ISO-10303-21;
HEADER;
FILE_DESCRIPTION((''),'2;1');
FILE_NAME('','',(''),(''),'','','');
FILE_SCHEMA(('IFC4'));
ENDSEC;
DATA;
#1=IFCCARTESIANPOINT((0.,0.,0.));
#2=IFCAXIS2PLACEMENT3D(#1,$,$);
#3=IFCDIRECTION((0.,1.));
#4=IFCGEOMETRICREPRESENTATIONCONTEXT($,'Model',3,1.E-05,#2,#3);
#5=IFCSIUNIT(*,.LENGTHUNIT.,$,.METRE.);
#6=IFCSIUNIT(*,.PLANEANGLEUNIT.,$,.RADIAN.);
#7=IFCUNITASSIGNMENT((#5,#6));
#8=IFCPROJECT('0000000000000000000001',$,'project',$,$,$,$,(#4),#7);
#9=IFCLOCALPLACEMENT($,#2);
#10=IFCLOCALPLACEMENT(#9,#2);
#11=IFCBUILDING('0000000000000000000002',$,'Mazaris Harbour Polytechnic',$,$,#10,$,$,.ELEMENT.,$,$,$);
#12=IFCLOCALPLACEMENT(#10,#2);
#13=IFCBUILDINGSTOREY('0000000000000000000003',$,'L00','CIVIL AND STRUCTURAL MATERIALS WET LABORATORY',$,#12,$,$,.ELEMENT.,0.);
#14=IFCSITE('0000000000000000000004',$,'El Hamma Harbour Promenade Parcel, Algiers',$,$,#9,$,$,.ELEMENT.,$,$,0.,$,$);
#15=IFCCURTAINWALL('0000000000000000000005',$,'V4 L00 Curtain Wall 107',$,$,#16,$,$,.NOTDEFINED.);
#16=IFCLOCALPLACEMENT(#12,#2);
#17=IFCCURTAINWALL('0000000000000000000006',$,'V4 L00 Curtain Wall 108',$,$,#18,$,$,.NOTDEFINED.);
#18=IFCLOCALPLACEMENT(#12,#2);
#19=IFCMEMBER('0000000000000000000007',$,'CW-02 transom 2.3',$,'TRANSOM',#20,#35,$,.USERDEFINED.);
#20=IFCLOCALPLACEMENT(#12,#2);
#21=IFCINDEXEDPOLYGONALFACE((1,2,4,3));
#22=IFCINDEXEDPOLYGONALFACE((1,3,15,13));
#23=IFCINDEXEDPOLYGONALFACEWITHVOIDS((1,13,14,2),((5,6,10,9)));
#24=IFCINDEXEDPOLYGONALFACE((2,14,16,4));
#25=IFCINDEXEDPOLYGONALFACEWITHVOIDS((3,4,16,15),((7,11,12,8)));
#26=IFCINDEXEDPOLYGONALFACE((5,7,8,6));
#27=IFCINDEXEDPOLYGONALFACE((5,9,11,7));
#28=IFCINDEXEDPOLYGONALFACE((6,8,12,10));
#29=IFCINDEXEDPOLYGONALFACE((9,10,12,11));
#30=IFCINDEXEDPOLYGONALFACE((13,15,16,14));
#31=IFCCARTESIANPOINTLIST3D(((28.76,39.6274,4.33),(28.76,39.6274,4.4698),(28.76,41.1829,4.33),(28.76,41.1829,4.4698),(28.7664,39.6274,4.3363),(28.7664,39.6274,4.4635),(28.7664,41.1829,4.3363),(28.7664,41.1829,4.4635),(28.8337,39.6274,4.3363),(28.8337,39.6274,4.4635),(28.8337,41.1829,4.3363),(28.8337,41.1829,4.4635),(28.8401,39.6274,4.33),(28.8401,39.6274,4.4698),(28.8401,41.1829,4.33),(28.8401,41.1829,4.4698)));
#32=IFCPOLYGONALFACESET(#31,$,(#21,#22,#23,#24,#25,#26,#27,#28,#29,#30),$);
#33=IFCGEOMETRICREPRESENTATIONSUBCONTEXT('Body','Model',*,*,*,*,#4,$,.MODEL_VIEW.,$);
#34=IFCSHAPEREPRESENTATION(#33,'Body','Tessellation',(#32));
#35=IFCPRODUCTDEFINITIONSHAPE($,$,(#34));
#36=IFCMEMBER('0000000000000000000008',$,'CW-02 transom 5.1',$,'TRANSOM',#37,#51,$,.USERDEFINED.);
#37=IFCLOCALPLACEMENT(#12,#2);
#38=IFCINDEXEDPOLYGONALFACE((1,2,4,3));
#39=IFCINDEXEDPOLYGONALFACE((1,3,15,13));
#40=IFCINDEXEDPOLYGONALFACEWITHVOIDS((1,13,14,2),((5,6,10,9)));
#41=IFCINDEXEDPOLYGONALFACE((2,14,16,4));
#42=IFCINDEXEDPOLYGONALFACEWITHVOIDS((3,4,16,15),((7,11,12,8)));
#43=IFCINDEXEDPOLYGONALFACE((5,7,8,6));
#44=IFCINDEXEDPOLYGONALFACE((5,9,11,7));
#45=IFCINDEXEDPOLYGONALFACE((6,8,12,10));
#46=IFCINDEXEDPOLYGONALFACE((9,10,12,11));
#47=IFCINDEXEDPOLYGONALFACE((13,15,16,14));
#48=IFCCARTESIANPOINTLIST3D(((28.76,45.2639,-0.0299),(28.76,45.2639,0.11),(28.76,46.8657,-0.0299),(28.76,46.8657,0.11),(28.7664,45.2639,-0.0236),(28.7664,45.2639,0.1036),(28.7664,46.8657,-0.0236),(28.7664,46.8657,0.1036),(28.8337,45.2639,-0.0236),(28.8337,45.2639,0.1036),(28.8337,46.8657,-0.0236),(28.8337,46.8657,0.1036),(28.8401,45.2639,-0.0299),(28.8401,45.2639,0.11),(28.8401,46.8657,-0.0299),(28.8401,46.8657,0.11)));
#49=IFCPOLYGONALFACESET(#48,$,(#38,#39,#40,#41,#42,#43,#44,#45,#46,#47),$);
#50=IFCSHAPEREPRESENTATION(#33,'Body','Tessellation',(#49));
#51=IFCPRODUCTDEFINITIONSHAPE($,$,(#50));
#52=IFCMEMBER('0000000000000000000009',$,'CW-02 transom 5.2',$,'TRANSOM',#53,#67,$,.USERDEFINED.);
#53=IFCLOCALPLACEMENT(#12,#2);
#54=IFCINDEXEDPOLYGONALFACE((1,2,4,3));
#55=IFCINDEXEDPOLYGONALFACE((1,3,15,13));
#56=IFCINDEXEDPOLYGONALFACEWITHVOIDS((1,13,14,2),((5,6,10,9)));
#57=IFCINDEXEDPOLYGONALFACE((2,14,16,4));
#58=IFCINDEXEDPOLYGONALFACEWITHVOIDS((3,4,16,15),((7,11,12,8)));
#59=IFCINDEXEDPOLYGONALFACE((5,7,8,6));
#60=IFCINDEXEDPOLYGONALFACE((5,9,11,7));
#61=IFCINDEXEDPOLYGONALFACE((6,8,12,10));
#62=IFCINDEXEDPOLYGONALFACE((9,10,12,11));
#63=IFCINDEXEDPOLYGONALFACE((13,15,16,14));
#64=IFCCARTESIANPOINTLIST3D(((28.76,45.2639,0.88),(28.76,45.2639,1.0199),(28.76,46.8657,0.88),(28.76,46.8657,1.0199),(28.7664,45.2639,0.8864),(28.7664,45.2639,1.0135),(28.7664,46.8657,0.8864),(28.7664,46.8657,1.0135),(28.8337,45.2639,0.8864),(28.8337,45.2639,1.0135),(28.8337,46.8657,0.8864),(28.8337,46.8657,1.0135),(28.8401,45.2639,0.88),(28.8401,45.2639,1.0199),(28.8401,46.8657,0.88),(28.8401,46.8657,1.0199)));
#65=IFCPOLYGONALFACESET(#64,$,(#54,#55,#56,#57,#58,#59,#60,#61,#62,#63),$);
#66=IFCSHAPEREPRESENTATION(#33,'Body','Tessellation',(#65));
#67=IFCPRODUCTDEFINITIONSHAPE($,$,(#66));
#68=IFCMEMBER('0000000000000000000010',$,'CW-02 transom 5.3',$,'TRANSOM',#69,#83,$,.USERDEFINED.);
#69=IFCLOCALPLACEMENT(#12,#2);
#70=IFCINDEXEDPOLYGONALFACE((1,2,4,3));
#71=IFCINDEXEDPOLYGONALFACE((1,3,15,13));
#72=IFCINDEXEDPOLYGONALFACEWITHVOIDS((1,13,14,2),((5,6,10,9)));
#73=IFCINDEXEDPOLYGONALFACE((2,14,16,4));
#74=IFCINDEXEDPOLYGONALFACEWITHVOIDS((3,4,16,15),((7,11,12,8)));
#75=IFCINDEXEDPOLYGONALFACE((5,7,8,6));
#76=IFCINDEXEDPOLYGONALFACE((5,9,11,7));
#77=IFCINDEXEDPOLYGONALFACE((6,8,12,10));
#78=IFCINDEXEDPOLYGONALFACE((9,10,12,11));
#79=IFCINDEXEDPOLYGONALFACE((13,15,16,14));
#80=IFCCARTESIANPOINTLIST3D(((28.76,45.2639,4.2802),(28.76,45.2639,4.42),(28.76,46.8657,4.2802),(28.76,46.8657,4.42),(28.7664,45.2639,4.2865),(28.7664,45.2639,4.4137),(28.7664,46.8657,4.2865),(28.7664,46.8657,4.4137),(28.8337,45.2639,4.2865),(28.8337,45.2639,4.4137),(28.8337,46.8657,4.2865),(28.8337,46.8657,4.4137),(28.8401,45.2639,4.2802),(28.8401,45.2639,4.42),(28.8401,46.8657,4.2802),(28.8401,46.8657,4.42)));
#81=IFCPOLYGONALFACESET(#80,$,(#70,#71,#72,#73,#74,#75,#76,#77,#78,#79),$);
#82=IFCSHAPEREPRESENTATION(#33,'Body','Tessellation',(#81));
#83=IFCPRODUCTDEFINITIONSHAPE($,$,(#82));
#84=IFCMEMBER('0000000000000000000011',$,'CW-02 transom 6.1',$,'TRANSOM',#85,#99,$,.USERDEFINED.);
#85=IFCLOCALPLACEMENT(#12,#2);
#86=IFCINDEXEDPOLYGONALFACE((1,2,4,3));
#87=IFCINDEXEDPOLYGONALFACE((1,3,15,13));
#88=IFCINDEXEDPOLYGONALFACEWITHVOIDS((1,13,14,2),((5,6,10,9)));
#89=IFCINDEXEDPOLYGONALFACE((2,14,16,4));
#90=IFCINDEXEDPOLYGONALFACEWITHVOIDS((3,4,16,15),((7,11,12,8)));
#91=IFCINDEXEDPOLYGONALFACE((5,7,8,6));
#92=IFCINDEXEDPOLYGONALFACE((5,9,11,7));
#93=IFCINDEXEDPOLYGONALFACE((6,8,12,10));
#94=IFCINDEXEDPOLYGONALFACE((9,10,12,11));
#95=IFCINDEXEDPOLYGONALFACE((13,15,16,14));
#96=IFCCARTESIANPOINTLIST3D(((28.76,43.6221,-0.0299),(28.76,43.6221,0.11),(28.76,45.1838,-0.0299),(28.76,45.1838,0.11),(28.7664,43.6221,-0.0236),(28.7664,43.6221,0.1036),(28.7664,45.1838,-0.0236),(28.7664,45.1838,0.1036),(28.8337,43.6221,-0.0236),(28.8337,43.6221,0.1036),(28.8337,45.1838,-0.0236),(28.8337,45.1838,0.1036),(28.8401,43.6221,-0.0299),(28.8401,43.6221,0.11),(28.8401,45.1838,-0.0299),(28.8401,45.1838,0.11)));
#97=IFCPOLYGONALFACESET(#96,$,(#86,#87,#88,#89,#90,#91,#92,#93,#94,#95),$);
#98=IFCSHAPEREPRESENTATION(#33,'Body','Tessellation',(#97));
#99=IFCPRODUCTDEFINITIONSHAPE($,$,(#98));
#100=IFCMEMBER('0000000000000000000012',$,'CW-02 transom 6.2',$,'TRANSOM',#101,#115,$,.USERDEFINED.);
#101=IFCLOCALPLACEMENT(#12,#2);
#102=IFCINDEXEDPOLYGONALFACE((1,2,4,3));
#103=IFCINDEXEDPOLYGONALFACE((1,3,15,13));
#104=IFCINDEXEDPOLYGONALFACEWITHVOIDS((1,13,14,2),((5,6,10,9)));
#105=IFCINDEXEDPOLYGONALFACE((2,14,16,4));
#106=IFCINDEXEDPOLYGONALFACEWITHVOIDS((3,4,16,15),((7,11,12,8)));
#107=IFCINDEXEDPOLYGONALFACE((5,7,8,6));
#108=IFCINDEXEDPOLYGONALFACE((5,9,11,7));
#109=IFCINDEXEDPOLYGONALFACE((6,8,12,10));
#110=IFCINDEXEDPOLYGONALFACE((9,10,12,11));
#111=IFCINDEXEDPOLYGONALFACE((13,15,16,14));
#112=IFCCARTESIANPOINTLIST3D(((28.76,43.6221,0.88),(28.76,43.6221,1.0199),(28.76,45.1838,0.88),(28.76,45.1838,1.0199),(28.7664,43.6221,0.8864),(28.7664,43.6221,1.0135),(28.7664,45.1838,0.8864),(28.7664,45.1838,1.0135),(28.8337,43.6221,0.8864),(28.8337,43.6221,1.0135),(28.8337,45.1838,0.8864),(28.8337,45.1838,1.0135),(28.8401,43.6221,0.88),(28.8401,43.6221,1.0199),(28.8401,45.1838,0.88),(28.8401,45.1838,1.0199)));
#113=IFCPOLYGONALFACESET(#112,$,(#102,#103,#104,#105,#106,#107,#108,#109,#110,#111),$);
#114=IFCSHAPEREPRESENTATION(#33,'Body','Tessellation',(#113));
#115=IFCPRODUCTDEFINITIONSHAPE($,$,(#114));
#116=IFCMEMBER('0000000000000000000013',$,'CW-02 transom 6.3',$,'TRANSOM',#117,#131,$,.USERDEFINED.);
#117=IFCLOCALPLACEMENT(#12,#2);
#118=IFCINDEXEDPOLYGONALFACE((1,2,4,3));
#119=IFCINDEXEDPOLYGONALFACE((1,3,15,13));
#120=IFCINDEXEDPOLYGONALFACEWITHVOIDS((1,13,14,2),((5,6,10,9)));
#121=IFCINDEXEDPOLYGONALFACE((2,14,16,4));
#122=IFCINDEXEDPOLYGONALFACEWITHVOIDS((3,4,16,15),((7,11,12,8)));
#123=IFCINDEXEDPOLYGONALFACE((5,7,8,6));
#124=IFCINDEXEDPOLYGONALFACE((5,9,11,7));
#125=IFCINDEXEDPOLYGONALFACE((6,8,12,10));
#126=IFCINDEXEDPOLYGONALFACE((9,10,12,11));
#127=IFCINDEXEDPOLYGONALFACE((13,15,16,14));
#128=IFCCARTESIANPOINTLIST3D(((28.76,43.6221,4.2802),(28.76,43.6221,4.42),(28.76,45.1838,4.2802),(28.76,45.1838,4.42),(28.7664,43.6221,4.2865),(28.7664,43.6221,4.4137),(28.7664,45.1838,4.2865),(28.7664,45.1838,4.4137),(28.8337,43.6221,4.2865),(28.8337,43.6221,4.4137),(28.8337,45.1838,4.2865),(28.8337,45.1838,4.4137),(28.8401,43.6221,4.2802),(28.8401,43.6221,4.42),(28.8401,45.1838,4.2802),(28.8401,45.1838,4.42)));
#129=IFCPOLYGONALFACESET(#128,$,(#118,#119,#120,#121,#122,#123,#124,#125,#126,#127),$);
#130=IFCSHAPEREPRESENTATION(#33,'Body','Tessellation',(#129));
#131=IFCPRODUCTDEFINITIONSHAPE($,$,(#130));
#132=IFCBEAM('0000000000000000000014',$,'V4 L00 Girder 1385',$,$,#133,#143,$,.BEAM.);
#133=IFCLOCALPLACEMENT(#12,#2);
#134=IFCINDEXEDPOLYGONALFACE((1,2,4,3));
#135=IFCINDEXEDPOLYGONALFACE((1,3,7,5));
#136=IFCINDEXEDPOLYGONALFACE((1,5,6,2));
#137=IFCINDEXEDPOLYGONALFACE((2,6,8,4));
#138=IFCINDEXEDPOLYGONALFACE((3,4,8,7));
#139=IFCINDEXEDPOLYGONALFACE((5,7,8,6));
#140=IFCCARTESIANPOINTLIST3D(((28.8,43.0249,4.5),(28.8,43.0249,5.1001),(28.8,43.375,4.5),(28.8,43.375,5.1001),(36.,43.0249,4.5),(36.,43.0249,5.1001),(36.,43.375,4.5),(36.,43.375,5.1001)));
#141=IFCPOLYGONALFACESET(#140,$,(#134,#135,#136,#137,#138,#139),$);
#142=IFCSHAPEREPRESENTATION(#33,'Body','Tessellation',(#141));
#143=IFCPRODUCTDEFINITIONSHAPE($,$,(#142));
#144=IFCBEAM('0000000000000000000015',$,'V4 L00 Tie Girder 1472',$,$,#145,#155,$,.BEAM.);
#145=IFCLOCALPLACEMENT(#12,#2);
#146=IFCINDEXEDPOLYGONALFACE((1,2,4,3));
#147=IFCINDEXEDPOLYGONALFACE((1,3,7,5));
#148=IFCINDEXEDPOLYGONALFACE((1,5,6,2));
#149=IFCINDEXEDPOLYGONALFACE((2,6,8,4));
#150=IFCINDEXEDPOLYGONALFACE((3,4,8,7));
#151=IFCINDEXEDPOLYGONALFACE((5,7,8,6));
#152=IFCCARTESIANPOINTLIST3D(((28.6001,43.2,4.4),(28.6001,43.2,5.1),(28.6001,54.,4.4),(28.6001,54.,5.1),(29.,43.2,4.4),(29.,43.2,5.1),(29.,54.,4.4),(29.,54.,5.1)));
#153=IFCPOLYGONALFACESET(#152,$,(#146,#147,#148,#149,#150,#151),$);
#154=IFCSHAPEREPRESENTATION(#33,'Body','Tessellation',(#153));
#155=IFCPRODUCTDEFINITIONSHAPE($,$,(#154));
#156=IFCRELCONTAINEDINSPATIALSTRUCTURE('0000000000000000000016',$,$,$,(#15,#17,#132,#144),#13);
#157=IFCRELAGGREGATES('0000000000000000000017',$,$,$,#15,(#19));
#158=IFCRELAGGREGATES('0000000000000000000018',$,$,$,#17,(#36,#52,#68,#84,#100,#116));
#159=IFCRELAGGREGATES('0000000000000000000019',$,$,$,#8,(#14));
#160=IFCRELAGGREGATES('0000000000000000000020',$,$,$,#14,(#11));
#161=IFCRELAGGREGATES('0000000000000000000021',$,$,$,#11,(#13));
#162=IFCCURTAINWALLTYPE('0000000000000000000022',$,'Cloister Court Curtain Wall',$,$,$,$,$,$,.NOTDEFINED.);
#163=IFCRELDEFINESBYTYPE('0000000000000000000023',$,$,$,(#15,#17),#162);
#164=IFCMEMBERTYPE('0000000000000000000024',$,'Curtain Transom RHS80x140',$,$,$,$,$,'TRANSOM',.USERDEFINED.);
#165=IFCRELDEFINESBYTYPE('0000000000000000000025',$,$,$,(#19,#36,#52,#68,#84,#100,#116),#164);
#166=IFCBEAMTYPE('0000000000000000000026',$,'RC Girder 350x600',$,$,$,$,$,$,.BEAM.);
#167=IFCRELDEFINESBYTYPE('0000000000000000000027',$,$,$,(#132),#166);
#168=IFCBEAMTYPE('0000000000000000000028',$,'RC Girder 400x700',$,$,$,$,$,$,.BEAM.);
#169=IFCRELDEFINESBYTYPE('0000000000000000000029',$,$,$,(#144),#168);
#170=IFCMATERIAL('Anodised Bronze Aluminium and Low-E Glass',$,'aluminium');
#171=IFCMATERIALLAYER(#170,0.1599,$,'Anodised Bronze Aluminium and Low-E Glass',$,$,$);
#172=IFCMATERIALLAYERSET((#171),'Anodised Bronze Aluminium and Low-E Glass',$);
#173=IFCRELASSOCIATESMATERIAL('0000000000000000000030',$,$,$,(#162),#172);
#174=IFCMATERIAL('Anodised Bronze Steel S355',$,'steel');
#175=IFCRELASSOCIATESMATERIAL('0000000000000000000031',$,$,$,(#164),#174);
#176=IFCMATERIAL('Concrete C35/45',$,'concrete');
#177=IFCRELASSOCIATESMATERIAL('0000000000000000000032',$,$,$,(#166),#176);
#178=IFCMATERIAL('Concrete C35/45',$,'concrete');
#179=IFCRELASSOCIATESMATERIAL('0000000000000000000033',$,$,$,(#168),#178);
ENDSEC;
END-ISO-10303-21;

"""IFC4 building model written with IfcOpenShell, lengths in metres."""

from ifc_helpers import new_model, si_unit, direction, frame, origin, origin_2d, place, context, subcontext, project, spatial, rectangle, hollow_rectangle, extrude, material, layer, layer_set, material_profile, profile_set, type_object, element, aggregate, save


model = new_model("IFC4")

# Units and contexts
model_context = context("Model", 3, precision=1e-05, world=origin(), true_north=direction((0.0, 1.0)))
body_context = subcontext(model_context, "Body", "Model", "MODEL_VIEW")
ifc_project = project(units=[si_unit("LENGTHUNIT", "METRE"), si_unit("PLANEANGLEUNIT", "RADIAN")], contexts=[model_context])

# Site, building, storey
site_placement = place(None, origin())
site = spatial("IfcSite", under=ifc_project, at=site_placement, Name="El Hamma Harbour Promenade Parcel, Algiers", CompositionType="ELEMENT", RefElevation=0.0)
building_placement = place(site_placement, origin())
building = spatial("IfcBuilding", under=site, at=building_placement, Name="Mazaris Harbour Polytechnic", CompositionType="ELEMENT")
storey_placement = place(building_placement, origin())
storey = spatial("IfcBuildingStorey", under=building, at=storey_placement, Name="L00", Description="CIVIL AND STRUCTURAL MATERIALS WET LABORATORY", CompositionType="ELEMENT", Elevation=0.0)

# Curtain walls
ifc_material_1 = material(Name="Anodised Bronze Aluminium and Low-E Glass", Category="aluminium")
ifc_layer_1 = layer(ifc_material_1, 0.1599, Name="Anodised Bronze Aluminium and Low-E Glass")
ifc_layer_set_1 = layer_set([ifc_layer_1], Name="Anodised Bronze Aluminium and Low-E Glass")
curtain_wall_type = type_object("IfcCurtainWallType", Name="Cloister Court Curtain Wall", PredefinedType="NOTDEFINED", material=ifc_layer_set_1)
curtain_wall_1_placement = place(storey_placement, origin())
curtain_wall_1 = element("IfcCurtainWall", 1, at=curtain_wall_1_placement, inside=storey, type_object=curtain_wall_type, Name="V4 L00 Curtain Wall 107", PredefinedType="NOTDEFINED")
curtain_wall_2_placement = place(storey_placement, origin())
curtain_wall_2 = element("IfcCurtainWall", 2, at=curtain_wall_2_placement, inside=storey, type_object=curtain_wall_type, Name="V4 L00 Curtain Wall 108", PredefinedType="NOTDEFINED")

# Members
ifc_material_2 = material(Name="Anodised Bronze Steel S355", Category="steel")
ifc_material_profile_1 = material_profile(ifc_material_2, hollow_rectangle(XDim=0.0801, YDim=0.1399, WallThickness=0.0063, at=origin_2d()), Name="RHS 80x140x6.3")
ifc_profile_set_1 = profile_set([ifc_material_profile_1], Name="Anodised Bronze Steel S355")
member_type_1 = type_object("IfcMemberType", Name="Curtain Transom RHS80x140", ElementType="TRANSOM", PredefinedType="USERDEFINED", material=ifc_profile_set_1)
member_1_placement = place(storey_placement, frame((28.8, 41.1829, 4.3999), z_axis=(0.0, -1.0, 0.0), x_axis=(1.0, 0.0, 0.0)))
member_1 = element("IfcMember", 3, at=member_1_placement, type_object=member_type_1, Name="CW-02 transom 2.3", ObjectType="TRANSOM", PredefinedType="USERDEFINED", context=body_context, shape_type="SweptSolid", body=[
    extrude(hollow_rectangle(XDim=0.0801, YDim=0.1399, WallThickness=0.0063, at=origin_2d()), origin(), (0.0, 0.0, 1.0), 1.5554),
])
member_2_placement = place(storey_placement, frame((28.8, 46.8657, 0.04), z_axis=(0.0, -1.0, 0.0), x_axis=(1.0, 0.0, 0.0)))
member_2 = element("IfcMember", 4, at=member_2_placement, type_object=member_type_1, Name="CW-02 transom 5.1", ObjectType="TRANSOM", PredefinedType="USERDEFINED", context=body_context, shape_type="SweptSolid", body=[
    extrude(hollow_rectangle(XDim=0.0801, YDim=0.1399, WallThickness=0.0063, at=origin_2d()), origin(), (0.0, 0.0, 1.0), 1.6018),
])
member_3_placement = place(storey_placement, frame((28.8, 46.8657, 0.95), z_axis=(0.0, -1.0, 0.0), x_axis=(1.0, 0.0, 0.0)))
member_3 = element("IfcMember", 5, at=member_3_placement, type_object=member_type_1, Name="CW-02 transom 5.2", ObjectType="TRANSOM", PredefinedType="USERDEFINED", context=body_context, shape_type="SweptSolid", body=[
    extrude(hollow_rectangle(XDim=0.0801, YDim=0.1399, WallThickness=0.0063, at=origin_2d()), origin(), (0.0, 0.0, 1.0), 1.6018),
])
member_4_placement = place(storey_placement, frame((28.8, 46.8657, 4.3501), z_axis=(0.0, -1.0, 0.0), x_axis=(1.0, 0.0, 0.0)))
member_4 = element("IfcMember", 6, at=member_4_placement, type_object=member_type_1, Name="CW-02 transom 5.3", ObjectType="TRANSOM", PredefinedType="USERDEFINED", context=body_context, shape_type="SweptSolid", body=[
    extrude(hollow_rectangle(XDim=0.0801, YDim=0.1399, WallThickness=0.0063, at=origin_2d()), origin(), (0.0, 0.0, 1.0), 1.6018),
])
member_5_placement = place(storey_placement, frame((28.8, 45.1838, 0.04), z_axis=(0.0, -1.0, 0.0), x_axis=(1.0, 0.0, 0.0)))
member_5 = element("IfcMember", 7, at=member_5_placement, type_object=member_type_1, Name="CW-02 transom 6.1", ObjectType="TRANSOM", PredefinedType="USERDEFINED", context=body_context, shape_type="SweptSolid", body=[
    extrude(hollow_rectangle(XDim=0.0801, YDim=0.1399, WallThickness=0.0063, at=origin_2d()), origin(), (0.0, 0.0, 1.0), 1.5618),
])
member_6_placement = place(storey_placement, frame((28.8, 45.1838, 0.95), z_axis=(0.0, -1.0, 0.0), x_axis=(1.0, 0.0, 0.0)))
member_6 = element("IfcMember", 8, at=member_6_placement, type_object=member_type_1, Name="CW-02 transom 6.2", ObjectType="TRANSOM", PredefinedType="USERDEFINED", context=body_context, shape_type="SweptSolid", body=[
    extrude(hollow_rectangle(XDim=0.0801, YDim=0.1399, WallThickness=0.0063, at=origin_2d()), origin(), (0.0, 0.0, 1.0), 1.5618),
])
member_7_placement = place(storey_placement, frame((28.8, 45.1838, 4.3501), z_axis=(0.0, -1.0, 0.0), x_axis=(1.0, 0.0, 0.0)))
member_7 = element("IfcMember", 9, at=member_7_placement, type_object=member_type_1, Name="CW-02 transom 6.3", ObjectType="TRANSOM", PredefinedType="USERDEFINED", context=body_context, shape_type="SweptSolid", body=[
    extrude(hollow_rectangle(XDim=0.0801, YDim=0.1399, WallThickness=0.0063, at=origin_2d()), origin(), (0.0, 0.0, 1.0), 1.5618),
])

# Beams
ifc_material_3 = material(Name="Concrete C35/45", Category="concrete")
ifc_material_profile_2 = material_profile(ifc_material_3, rectangle(XDim=0.3501, YDim=0.6001, at=origin_2d()), Name="RECT350x600")
ifc_profile_set_2 = profile_set([ifc_material_profile_2], Name="Concrete C35/45")
beam_type_1 = type_object("IfcBeamType", Name="RC Girder 350x600", PredefinedType="BEAM", material=ifc_profile_set_2)
beam_1_placement = place(storey_placement, frame((28.8, 43.2, 4.8), z_axis=(1.0, 0.0, 0.0), x_axis=(0.0, 1.0, 0.0)))
element("IfcBeam", 10, at=beam_1_placement, inside=storey, type_object=beam_type_1, Name="V4 L00 Girder 1385", PredefinedType="BEAM", context=body_context, shape_type="SweptSolid", body=[
    extrude(rectangle(XDim=0.3501, YDim=0.6001, at=origin_2d()), origin(), (0.0, 0.0, 1.0), 7.2),
])
ifc_material_4 = material(Name="Concrete C35/45", Category="concrete")
ifc_material_profile_3 = material_profile(ifc_material_4, rectangle(XDim=0.3999, YDim=0.7, at=origin_2d()), Name="RECT400x700")
ifc_profile_set_3 = profile_set([ifc_material_profile_3], Name="Concrete C35/45")
beam_type_2 = type_object("IfcBeamType", Name="RC Girder 400x700", PredefinedType="BEAM", material=ifc_profile_set_3)
beam_2_placement = place(storey_placement, frame((28.8, 43.2, 4.75), z_axis=(0.0, 1.0, 0.0), x_axis=(-1.0, 0.0, 0.0)))
element("IfcBeam", 11, at=beam_2_placement, inside=storey, type_object=beam_type_2, Name="V4 L00 Tie Girder 1472", PredefinedType="BEAM", context=body_context, shape_type="SweptSolid", body=[
    extrude(rectangle(XDim=0.3999, YDim=0.7, at=origin_2d()), origin(), (0.0, 0.0, 1.0), 10.8),
])

aggregate(curtain_wall_1, [member_1])
aggregate(curtain_wall_2, [member_2, member_3, member_4, member_5, member_6, member_7])

save(model, "model.ifc")
